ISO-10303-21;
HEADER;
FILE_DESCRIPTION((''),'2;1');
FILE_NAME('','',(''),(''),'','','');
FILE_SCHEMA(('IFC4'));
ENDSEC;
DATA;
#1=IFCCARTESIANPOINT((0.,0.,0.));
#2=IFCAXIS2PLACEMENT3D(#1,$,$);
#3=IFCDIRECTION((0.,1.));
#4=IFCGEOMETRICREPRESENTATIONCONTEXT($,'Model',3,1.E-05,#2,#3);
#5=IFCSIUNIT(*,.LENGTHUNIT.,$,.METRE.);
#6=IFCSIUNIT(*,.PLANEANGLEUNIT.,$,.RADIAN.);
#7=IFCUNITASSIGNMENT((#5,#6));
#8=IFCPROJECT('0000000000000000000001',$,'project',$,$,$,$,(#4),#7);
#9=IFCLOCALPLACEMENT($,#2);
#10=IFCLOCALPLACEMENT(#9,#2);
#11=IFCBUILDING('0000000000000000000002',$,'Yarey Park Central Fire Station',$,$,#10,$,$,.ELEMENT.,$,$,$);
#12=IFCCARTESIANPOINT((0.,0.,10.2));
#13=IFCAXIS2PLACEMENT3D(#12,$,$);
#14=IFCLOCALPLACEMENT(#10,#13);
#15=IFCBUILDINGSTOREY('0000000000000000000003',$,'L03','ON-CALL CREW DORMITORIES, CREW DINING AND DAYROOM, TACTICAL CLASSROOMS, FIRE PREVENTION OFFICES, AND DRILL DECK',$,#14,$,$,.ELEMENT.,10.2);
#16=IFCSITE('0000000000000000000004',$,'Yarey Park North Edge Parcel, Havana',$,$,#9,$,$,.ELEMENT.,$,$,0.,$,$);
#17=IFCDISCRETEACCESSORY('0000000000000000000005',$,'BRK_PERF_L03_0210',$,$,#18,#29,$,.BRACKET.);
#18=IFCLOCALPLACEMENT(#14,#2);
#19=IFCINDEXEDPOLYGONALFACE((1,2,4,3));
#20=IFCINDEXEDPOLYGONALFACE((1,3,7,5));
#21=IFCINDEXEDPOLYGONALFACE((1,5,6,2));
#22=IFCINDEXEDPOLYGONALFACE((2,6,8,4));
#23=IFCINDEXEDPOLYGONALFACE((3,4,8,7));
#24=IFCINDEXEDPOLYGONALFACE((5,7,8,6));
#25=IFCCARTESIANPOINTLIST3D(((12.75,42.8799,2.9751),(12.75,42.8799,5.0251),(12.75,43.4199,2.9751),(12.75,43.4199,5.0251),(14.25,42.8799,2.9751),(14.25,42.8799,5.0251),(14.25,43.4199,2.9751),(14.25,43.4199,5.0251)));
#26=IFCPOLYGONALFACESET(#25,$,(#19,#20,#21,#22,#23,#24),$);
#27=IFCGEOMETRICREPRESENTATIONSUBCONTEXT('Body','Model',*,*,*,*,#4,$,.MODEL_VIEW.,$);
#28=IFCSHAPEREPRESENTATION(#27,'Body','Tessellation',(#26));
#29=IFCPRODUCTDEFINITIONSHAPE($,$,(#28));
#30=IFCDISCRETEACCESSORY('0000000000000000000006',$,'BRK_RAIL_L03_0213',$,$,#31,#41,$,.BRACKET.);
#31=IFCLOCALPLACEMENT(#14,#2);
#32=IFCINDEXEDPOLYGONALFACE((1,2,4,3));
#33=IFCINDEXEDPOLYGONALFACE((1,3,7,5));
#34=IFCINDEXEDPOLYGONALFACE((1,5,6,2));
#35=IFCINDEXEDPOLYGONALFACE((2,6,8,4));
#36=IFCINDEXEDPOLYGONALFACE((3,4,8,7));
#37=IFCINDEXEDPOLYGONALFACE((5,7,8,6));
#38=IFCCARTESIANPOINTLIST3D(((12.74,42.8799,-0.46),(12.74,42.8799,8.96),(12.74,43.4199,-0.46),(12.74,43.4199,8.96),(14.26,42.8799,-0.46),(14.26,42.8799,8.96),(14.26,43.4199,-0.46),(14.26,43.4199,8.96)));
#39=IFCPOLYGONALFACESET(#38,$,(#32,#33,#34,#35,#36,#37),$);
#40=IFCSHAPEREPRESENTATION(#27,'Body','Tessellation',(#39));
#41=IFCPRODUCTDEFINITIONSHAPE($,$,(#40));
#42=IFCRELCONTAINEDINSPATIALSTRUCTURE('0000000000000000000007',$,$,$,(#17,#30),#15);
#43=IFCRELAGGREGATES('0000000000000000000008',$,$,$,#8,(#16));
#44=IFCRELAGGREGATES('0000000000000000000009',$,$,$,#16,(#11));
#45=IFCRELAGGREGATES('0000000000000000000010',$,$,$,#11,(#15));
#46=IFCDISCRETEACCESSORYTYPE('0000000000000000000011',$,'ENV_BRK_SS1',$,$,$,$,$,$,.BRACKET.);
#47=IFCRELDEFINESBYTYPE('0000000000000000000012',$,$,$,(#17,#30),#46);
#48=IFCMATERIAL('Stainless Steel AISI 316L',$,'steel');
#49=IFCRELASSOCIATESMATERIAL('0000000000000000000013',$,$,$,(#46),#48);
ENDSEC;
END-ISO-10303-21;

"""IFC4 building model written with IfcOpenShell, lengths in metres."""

from ifc_helpers import new_model, si_unit, direction, frame, origin, origin_2d, place, context, subcontext, project, spatial, rectangle, extrude, material, type_object, element, save


model = new_model("IFC4")

# Units and contexts
model_context = context("Model", 3, precision=1e-05, world=origin(), true_north=direction((0.0, 1.0)))
body_context = subcontext(model_context, "Body", "Model", "MODEL_VIEW")
ifc_project = project(units=[si_unit("LENGTHUNIT", "METRE"), si_unit("PLANEANGLEUNIT", "RADIAN")], contexts=[model_context])

# Site, building, storey
site_placement = place(None, origin())
site = spatial("IfcSite", under=ifc_project, at=site_placement, Name="Yarey Park North Edge Parcel, Havana", CompositionType="ELEMENT", RefElevation=0.0)
building_placement = place(site_placement, origin())
building = spatial("IfcBuilding", under=site, at=building_placement, Name="Yarey Park Central Fire Station", CompositionType="ELEMENT")
storey_placement = place(building_placement, frame((0.0, 0.0, 10.2)))
storey = spatial("IfcBuildingStorey", under=building, at=storey_placement, Name="L03", Description="ON-CALL CREW DORMITORIES, CREW DINING AND DAYROOM, TACTICAL CLASSROOMS, FIRE PREVENTION OFFICES, AND DRILL DECK", CompositionType="ELEMENT", Elevation=10.2)

# Discrete accessories
ifc_material_1 = material(Name="Stainless Steel AISI 316L", Category="steel")
discrete_accessory_type = type_object("IfcDiscreteAccessoryType", Name="ENV_BRK_SS1", PredefinedType="BRACKET", material=ifc_material_1)
discrete_accessory_1_placement = place(storey_placement, frame((13.5, 43.1499, 2.9751), z_axis=(0.0, 0.0, 1.0), x_axis=(1.0, 0.0, 0.0)))
element("IfcDiscreteAccessory", 1, at=discrete_accessory_1_placement, inside=storey, type_object=discrete_accessory_type, Name="BRK_PERF_L03_0210", PredefinedType="BRACKET", context=body_context, shape_type="SweptSolid", body=[
    extrude(rectangle(XDim=1.5, YDim=0.54, at=origin_2d()), origin(), (0.0, 0.0, 1.0), 2.05),
])
discrete_accessory_2_placement = place(storey_placement, frame((13.5, 43.1499, -0.46), z_axis=(0.0, 0.0, 1.0), x_axis=(1.0, 0.0, 0.0)))
element("IfcDiscreteAccessory", 2, at=discrete_accessory_2_placement, inside=storey, type_object=discrete_accessory_type, Name="BRK_RAIL_L03_0213", PredefinedType="BRACKET", context=body_context, shape_type="SweptSolid", body=[
    extrude(rectangle(XDim=1.52, YDim=0.54, at=origin_2d()), origin(), (0.0, 0.0, 1.0), 9.4199),
])

save(model, "model.ifc")
